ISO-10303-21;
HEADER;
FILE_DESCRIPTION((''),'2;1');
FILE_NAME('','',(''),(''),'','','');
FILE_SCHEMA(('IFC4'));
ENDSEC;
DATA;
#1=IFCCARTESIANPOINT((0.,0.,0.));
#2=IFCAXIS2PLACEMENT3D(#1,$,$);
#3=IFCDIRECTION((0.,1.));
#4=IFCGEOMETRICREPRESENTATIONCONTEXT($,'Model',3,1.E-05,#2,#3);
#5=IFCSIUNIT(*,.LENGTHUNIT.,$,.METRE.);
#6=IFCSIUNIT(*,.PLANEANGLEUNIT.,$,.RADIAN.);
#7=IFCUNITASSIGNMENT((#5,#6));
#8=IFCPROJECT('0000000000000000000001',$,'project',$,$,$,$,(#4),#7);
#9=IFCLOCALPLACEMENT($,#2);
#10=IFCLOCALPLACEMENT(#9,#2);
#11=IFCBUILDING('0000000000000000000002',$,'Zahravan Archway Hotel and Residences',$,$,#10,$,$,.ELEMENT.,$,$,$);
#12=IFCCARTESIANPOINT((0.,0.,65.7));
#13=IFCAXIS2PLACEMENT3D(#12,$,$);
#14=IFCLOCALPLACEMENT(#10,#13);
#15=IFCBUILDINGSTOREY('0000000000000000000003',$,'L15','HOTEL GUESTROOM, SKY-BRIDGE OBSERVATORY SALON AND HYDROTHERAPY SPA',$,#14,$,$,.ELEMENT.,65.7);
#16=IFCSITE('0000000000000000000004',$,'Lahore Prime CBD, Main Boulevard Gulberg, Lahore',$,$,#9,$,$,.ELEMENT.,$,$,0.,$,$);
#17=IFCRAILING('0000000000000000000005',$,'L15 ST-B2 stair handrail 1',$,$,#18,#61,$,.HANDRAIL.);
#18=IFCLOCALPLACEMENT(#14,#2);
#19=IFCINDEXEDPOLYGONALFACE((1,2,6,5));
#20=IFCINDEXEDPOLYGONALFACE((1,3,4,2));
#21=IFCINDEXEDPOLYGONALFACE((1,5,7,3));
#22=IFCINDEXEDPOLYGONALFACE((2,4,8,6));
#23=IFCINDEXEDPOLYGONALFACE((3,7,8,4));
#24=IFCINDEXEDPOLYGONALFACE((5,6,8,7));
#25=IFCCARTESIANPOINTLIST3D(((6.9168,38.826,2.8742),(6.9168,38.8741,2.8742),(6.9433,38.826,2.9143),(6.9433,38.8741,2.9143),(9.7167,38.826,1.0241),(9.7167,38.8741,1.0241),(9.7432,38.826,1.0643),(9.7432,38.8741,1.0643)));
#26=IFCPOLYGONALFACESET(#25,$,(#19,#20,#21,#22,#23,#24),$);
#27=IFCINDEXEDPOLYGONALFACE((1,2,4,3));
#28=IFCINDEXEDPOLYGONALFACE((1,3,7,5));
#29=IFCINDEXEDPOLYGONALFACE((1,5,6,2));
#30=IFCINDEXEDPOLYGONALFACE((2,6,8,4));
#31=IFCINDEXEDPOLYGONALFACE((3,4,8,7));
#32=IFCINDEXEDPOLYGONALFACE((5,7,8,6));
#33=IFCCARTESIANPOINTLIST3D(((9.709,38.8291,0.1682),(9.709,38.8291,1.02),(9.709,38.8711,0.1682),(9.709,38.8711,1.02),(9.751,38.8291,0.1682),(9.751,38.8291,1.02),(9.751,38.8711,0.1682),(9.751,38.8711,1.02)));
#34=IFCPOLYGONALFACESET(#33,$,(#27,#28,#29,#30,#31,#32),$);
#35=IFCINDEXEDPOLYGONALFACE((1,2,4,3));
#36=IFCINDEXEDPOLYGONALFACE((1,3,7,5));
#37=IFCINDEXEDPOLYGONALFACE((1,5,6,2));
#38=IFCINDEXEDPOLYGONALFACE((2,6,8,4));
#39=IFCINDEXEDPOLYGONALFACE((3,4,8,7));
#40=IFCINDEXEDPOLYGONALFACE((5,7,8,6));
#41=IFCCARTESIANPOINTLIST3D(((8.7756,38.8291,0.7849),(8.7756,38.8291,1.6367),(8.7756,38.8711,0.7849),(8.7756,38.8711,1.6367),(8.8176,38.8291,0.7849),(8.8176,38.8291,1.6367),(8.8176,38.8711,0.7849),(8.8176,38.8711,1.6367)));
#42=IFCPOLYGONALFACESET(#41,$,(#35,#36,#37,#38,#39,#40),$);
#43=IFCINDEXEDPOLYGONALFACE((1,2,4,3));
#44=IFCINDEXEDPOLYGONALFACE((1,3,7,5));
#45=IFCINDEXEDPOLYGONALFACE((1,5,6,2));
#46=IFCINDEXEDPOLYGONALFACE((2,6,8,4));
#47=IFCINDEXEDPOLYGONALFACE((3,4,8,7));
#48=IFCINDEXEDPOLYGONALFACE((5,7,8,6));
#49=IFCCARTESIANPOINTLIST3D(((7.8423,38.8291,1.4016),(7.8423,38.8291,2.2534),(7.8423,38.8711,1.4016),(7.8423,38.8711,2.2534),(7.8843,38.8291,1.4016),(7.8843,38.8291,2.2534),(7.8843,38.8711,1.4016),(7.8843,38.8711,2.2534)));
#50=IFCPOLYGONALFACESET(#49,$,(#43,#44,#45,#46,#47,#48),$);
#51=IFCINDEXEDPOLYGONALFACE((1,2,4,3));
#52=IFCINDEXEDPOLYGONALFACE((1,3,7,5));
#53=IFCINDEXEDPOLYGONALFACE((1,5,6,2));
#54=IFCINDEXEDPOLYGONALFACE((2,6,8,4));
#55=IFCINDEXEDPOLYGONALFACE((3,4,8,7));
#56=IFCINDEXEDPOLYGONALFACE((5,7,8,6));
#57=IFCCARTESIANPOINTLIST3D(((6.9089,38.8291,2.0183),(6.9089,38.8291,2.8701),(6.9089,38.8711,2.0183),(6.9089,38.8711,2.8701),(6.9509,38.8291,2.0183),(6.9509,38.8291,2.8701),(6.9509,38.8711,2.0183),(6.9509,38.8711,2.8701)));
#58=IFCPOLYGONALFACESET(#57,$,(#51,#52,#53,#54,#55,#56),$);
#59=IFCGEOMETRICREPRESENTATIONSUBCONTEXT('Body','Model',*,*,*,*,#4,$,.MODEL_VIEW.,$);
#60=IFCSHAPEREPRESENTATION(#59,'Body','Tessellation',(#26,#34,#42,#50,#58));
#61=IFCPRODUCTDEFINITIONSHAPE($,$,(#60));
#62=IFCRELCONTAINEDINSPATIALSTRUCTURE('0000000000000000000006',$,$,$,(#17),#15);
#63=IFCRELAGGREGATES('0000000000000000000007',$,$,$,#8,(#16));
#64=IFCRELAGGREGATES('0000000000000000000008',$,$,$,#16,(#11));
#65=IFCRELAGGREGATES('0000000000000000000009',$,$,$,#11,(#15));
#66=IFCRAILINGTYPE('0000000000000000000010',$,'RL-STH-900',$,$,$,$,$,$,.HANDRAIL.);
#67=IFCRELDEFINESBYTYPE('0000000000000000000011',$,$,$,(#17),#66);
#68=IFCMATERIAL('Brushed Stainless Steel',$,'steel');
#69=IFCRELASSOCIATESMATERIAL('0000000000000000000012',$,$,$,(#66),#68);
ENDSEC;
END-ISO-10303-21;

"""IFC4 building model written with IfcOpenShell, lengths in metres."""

from ifc_helpers import new_model, si_unit, direction, frame, origin, origin_2d, place, context, subcontext, project, spatial, rectangle, extrude, material, type_object, element, save


model = new_model("IFC4")

# Units and contexts
model_context = context("Model", 3, precision=1e-05, world=origin(), true_north=direction((0.0, 1.0)))
body_context = subcontext(model_context, "Body", "Model", "MODEL_VIEW")
ifc_project = project(units=[si_unit("LENGTHUNIT", "METRE"), si_unit("PLANEANGLEUNIT", "RADIAN")], contexts=[model_context])

# Site, building, storey
site_placement = place(None, origin())
site = spatial("IfcSite", under=ifc_project, at=site_placement, Name="Lahore Prime CBD, Main Boulevard Gulberg, Lahore", CompositionType="ELEMENT", RefElevation=0.0)
building_placement = place(site_placement, origin())
building = spatial("IfcBuilding", under=site, at=building_placement, Name="Zahravan Archway Hotel and Residences", CompositionType="ELEMENT")
storey_placement = place(building_placement, frame((0.0, 0.0, 65.7)))
storey = spatial("IfcBuildingStorey", under=building, at=storey_placement, Name="L15", Description="HOTEL GUESTROOM, SKY-BRIDGE OBSERVATORY SALON AND HYDROTHERAPY SPA", CompositionType="ELEMENT", Elevation=65.7)

# Railing
ifc_material_1 = material(Name="Brushed Stainless Steel", Category="steel")
railing_type_1 = type_object("IfcRailingType", Name="RL-STH-900", PredefinedType="HANDRAIL", material=ifc_material_1)
railing_1_placement = place(storey_placement, frame((9.73, 38.8501, 0.1682)))
element("IfcRailing", 1, at=railing_1_placement, inside=storey, type_object=railing_type_1, Name="L15 ST-B2 stair handrail 1", PredefinedType="HANDRAIL", context=body_context, shape_type="SweptSolid", body=[
    extrude(rectangle(XDim=0.0481, YDim=0.0481, at=origin_2d()), frame((0.0, 0.0, 0.876), z_axis=(-0.834326, 0.0, 0.551271), x_axis=(0.0, -1.0, 0.0)), (0.0, 0.0, 1.0), 3.356),
    extrude(rectangle(XDim=0.042, YDim=0.042, at=origin_2d()), origin(), (0.0, 0.0, 1.0), 0.8518),
    extrude(rectangle(XDim=0.042, YDim=0.042, at=origin_2d()), frame((-0.9333, 0.0, 0.6167)), (0.0, 0.0, 1.0), 0.8518),
    extrude(rectangle(XDim=0.042, YDim=0.042, at=origin_2d()), frame((-1.8667, 0.0, 1.2334)), (0.0, 0.0, 1.0), 0.8518),
    extrude(rectangle(XDim=0.042, YDim=0.042, at=origin_2d()), frame((-2.8, 0.0, 1.8501)), (0.0, 0.0, 1.0), 0.8518),
])

save(model, "model.ifc")
